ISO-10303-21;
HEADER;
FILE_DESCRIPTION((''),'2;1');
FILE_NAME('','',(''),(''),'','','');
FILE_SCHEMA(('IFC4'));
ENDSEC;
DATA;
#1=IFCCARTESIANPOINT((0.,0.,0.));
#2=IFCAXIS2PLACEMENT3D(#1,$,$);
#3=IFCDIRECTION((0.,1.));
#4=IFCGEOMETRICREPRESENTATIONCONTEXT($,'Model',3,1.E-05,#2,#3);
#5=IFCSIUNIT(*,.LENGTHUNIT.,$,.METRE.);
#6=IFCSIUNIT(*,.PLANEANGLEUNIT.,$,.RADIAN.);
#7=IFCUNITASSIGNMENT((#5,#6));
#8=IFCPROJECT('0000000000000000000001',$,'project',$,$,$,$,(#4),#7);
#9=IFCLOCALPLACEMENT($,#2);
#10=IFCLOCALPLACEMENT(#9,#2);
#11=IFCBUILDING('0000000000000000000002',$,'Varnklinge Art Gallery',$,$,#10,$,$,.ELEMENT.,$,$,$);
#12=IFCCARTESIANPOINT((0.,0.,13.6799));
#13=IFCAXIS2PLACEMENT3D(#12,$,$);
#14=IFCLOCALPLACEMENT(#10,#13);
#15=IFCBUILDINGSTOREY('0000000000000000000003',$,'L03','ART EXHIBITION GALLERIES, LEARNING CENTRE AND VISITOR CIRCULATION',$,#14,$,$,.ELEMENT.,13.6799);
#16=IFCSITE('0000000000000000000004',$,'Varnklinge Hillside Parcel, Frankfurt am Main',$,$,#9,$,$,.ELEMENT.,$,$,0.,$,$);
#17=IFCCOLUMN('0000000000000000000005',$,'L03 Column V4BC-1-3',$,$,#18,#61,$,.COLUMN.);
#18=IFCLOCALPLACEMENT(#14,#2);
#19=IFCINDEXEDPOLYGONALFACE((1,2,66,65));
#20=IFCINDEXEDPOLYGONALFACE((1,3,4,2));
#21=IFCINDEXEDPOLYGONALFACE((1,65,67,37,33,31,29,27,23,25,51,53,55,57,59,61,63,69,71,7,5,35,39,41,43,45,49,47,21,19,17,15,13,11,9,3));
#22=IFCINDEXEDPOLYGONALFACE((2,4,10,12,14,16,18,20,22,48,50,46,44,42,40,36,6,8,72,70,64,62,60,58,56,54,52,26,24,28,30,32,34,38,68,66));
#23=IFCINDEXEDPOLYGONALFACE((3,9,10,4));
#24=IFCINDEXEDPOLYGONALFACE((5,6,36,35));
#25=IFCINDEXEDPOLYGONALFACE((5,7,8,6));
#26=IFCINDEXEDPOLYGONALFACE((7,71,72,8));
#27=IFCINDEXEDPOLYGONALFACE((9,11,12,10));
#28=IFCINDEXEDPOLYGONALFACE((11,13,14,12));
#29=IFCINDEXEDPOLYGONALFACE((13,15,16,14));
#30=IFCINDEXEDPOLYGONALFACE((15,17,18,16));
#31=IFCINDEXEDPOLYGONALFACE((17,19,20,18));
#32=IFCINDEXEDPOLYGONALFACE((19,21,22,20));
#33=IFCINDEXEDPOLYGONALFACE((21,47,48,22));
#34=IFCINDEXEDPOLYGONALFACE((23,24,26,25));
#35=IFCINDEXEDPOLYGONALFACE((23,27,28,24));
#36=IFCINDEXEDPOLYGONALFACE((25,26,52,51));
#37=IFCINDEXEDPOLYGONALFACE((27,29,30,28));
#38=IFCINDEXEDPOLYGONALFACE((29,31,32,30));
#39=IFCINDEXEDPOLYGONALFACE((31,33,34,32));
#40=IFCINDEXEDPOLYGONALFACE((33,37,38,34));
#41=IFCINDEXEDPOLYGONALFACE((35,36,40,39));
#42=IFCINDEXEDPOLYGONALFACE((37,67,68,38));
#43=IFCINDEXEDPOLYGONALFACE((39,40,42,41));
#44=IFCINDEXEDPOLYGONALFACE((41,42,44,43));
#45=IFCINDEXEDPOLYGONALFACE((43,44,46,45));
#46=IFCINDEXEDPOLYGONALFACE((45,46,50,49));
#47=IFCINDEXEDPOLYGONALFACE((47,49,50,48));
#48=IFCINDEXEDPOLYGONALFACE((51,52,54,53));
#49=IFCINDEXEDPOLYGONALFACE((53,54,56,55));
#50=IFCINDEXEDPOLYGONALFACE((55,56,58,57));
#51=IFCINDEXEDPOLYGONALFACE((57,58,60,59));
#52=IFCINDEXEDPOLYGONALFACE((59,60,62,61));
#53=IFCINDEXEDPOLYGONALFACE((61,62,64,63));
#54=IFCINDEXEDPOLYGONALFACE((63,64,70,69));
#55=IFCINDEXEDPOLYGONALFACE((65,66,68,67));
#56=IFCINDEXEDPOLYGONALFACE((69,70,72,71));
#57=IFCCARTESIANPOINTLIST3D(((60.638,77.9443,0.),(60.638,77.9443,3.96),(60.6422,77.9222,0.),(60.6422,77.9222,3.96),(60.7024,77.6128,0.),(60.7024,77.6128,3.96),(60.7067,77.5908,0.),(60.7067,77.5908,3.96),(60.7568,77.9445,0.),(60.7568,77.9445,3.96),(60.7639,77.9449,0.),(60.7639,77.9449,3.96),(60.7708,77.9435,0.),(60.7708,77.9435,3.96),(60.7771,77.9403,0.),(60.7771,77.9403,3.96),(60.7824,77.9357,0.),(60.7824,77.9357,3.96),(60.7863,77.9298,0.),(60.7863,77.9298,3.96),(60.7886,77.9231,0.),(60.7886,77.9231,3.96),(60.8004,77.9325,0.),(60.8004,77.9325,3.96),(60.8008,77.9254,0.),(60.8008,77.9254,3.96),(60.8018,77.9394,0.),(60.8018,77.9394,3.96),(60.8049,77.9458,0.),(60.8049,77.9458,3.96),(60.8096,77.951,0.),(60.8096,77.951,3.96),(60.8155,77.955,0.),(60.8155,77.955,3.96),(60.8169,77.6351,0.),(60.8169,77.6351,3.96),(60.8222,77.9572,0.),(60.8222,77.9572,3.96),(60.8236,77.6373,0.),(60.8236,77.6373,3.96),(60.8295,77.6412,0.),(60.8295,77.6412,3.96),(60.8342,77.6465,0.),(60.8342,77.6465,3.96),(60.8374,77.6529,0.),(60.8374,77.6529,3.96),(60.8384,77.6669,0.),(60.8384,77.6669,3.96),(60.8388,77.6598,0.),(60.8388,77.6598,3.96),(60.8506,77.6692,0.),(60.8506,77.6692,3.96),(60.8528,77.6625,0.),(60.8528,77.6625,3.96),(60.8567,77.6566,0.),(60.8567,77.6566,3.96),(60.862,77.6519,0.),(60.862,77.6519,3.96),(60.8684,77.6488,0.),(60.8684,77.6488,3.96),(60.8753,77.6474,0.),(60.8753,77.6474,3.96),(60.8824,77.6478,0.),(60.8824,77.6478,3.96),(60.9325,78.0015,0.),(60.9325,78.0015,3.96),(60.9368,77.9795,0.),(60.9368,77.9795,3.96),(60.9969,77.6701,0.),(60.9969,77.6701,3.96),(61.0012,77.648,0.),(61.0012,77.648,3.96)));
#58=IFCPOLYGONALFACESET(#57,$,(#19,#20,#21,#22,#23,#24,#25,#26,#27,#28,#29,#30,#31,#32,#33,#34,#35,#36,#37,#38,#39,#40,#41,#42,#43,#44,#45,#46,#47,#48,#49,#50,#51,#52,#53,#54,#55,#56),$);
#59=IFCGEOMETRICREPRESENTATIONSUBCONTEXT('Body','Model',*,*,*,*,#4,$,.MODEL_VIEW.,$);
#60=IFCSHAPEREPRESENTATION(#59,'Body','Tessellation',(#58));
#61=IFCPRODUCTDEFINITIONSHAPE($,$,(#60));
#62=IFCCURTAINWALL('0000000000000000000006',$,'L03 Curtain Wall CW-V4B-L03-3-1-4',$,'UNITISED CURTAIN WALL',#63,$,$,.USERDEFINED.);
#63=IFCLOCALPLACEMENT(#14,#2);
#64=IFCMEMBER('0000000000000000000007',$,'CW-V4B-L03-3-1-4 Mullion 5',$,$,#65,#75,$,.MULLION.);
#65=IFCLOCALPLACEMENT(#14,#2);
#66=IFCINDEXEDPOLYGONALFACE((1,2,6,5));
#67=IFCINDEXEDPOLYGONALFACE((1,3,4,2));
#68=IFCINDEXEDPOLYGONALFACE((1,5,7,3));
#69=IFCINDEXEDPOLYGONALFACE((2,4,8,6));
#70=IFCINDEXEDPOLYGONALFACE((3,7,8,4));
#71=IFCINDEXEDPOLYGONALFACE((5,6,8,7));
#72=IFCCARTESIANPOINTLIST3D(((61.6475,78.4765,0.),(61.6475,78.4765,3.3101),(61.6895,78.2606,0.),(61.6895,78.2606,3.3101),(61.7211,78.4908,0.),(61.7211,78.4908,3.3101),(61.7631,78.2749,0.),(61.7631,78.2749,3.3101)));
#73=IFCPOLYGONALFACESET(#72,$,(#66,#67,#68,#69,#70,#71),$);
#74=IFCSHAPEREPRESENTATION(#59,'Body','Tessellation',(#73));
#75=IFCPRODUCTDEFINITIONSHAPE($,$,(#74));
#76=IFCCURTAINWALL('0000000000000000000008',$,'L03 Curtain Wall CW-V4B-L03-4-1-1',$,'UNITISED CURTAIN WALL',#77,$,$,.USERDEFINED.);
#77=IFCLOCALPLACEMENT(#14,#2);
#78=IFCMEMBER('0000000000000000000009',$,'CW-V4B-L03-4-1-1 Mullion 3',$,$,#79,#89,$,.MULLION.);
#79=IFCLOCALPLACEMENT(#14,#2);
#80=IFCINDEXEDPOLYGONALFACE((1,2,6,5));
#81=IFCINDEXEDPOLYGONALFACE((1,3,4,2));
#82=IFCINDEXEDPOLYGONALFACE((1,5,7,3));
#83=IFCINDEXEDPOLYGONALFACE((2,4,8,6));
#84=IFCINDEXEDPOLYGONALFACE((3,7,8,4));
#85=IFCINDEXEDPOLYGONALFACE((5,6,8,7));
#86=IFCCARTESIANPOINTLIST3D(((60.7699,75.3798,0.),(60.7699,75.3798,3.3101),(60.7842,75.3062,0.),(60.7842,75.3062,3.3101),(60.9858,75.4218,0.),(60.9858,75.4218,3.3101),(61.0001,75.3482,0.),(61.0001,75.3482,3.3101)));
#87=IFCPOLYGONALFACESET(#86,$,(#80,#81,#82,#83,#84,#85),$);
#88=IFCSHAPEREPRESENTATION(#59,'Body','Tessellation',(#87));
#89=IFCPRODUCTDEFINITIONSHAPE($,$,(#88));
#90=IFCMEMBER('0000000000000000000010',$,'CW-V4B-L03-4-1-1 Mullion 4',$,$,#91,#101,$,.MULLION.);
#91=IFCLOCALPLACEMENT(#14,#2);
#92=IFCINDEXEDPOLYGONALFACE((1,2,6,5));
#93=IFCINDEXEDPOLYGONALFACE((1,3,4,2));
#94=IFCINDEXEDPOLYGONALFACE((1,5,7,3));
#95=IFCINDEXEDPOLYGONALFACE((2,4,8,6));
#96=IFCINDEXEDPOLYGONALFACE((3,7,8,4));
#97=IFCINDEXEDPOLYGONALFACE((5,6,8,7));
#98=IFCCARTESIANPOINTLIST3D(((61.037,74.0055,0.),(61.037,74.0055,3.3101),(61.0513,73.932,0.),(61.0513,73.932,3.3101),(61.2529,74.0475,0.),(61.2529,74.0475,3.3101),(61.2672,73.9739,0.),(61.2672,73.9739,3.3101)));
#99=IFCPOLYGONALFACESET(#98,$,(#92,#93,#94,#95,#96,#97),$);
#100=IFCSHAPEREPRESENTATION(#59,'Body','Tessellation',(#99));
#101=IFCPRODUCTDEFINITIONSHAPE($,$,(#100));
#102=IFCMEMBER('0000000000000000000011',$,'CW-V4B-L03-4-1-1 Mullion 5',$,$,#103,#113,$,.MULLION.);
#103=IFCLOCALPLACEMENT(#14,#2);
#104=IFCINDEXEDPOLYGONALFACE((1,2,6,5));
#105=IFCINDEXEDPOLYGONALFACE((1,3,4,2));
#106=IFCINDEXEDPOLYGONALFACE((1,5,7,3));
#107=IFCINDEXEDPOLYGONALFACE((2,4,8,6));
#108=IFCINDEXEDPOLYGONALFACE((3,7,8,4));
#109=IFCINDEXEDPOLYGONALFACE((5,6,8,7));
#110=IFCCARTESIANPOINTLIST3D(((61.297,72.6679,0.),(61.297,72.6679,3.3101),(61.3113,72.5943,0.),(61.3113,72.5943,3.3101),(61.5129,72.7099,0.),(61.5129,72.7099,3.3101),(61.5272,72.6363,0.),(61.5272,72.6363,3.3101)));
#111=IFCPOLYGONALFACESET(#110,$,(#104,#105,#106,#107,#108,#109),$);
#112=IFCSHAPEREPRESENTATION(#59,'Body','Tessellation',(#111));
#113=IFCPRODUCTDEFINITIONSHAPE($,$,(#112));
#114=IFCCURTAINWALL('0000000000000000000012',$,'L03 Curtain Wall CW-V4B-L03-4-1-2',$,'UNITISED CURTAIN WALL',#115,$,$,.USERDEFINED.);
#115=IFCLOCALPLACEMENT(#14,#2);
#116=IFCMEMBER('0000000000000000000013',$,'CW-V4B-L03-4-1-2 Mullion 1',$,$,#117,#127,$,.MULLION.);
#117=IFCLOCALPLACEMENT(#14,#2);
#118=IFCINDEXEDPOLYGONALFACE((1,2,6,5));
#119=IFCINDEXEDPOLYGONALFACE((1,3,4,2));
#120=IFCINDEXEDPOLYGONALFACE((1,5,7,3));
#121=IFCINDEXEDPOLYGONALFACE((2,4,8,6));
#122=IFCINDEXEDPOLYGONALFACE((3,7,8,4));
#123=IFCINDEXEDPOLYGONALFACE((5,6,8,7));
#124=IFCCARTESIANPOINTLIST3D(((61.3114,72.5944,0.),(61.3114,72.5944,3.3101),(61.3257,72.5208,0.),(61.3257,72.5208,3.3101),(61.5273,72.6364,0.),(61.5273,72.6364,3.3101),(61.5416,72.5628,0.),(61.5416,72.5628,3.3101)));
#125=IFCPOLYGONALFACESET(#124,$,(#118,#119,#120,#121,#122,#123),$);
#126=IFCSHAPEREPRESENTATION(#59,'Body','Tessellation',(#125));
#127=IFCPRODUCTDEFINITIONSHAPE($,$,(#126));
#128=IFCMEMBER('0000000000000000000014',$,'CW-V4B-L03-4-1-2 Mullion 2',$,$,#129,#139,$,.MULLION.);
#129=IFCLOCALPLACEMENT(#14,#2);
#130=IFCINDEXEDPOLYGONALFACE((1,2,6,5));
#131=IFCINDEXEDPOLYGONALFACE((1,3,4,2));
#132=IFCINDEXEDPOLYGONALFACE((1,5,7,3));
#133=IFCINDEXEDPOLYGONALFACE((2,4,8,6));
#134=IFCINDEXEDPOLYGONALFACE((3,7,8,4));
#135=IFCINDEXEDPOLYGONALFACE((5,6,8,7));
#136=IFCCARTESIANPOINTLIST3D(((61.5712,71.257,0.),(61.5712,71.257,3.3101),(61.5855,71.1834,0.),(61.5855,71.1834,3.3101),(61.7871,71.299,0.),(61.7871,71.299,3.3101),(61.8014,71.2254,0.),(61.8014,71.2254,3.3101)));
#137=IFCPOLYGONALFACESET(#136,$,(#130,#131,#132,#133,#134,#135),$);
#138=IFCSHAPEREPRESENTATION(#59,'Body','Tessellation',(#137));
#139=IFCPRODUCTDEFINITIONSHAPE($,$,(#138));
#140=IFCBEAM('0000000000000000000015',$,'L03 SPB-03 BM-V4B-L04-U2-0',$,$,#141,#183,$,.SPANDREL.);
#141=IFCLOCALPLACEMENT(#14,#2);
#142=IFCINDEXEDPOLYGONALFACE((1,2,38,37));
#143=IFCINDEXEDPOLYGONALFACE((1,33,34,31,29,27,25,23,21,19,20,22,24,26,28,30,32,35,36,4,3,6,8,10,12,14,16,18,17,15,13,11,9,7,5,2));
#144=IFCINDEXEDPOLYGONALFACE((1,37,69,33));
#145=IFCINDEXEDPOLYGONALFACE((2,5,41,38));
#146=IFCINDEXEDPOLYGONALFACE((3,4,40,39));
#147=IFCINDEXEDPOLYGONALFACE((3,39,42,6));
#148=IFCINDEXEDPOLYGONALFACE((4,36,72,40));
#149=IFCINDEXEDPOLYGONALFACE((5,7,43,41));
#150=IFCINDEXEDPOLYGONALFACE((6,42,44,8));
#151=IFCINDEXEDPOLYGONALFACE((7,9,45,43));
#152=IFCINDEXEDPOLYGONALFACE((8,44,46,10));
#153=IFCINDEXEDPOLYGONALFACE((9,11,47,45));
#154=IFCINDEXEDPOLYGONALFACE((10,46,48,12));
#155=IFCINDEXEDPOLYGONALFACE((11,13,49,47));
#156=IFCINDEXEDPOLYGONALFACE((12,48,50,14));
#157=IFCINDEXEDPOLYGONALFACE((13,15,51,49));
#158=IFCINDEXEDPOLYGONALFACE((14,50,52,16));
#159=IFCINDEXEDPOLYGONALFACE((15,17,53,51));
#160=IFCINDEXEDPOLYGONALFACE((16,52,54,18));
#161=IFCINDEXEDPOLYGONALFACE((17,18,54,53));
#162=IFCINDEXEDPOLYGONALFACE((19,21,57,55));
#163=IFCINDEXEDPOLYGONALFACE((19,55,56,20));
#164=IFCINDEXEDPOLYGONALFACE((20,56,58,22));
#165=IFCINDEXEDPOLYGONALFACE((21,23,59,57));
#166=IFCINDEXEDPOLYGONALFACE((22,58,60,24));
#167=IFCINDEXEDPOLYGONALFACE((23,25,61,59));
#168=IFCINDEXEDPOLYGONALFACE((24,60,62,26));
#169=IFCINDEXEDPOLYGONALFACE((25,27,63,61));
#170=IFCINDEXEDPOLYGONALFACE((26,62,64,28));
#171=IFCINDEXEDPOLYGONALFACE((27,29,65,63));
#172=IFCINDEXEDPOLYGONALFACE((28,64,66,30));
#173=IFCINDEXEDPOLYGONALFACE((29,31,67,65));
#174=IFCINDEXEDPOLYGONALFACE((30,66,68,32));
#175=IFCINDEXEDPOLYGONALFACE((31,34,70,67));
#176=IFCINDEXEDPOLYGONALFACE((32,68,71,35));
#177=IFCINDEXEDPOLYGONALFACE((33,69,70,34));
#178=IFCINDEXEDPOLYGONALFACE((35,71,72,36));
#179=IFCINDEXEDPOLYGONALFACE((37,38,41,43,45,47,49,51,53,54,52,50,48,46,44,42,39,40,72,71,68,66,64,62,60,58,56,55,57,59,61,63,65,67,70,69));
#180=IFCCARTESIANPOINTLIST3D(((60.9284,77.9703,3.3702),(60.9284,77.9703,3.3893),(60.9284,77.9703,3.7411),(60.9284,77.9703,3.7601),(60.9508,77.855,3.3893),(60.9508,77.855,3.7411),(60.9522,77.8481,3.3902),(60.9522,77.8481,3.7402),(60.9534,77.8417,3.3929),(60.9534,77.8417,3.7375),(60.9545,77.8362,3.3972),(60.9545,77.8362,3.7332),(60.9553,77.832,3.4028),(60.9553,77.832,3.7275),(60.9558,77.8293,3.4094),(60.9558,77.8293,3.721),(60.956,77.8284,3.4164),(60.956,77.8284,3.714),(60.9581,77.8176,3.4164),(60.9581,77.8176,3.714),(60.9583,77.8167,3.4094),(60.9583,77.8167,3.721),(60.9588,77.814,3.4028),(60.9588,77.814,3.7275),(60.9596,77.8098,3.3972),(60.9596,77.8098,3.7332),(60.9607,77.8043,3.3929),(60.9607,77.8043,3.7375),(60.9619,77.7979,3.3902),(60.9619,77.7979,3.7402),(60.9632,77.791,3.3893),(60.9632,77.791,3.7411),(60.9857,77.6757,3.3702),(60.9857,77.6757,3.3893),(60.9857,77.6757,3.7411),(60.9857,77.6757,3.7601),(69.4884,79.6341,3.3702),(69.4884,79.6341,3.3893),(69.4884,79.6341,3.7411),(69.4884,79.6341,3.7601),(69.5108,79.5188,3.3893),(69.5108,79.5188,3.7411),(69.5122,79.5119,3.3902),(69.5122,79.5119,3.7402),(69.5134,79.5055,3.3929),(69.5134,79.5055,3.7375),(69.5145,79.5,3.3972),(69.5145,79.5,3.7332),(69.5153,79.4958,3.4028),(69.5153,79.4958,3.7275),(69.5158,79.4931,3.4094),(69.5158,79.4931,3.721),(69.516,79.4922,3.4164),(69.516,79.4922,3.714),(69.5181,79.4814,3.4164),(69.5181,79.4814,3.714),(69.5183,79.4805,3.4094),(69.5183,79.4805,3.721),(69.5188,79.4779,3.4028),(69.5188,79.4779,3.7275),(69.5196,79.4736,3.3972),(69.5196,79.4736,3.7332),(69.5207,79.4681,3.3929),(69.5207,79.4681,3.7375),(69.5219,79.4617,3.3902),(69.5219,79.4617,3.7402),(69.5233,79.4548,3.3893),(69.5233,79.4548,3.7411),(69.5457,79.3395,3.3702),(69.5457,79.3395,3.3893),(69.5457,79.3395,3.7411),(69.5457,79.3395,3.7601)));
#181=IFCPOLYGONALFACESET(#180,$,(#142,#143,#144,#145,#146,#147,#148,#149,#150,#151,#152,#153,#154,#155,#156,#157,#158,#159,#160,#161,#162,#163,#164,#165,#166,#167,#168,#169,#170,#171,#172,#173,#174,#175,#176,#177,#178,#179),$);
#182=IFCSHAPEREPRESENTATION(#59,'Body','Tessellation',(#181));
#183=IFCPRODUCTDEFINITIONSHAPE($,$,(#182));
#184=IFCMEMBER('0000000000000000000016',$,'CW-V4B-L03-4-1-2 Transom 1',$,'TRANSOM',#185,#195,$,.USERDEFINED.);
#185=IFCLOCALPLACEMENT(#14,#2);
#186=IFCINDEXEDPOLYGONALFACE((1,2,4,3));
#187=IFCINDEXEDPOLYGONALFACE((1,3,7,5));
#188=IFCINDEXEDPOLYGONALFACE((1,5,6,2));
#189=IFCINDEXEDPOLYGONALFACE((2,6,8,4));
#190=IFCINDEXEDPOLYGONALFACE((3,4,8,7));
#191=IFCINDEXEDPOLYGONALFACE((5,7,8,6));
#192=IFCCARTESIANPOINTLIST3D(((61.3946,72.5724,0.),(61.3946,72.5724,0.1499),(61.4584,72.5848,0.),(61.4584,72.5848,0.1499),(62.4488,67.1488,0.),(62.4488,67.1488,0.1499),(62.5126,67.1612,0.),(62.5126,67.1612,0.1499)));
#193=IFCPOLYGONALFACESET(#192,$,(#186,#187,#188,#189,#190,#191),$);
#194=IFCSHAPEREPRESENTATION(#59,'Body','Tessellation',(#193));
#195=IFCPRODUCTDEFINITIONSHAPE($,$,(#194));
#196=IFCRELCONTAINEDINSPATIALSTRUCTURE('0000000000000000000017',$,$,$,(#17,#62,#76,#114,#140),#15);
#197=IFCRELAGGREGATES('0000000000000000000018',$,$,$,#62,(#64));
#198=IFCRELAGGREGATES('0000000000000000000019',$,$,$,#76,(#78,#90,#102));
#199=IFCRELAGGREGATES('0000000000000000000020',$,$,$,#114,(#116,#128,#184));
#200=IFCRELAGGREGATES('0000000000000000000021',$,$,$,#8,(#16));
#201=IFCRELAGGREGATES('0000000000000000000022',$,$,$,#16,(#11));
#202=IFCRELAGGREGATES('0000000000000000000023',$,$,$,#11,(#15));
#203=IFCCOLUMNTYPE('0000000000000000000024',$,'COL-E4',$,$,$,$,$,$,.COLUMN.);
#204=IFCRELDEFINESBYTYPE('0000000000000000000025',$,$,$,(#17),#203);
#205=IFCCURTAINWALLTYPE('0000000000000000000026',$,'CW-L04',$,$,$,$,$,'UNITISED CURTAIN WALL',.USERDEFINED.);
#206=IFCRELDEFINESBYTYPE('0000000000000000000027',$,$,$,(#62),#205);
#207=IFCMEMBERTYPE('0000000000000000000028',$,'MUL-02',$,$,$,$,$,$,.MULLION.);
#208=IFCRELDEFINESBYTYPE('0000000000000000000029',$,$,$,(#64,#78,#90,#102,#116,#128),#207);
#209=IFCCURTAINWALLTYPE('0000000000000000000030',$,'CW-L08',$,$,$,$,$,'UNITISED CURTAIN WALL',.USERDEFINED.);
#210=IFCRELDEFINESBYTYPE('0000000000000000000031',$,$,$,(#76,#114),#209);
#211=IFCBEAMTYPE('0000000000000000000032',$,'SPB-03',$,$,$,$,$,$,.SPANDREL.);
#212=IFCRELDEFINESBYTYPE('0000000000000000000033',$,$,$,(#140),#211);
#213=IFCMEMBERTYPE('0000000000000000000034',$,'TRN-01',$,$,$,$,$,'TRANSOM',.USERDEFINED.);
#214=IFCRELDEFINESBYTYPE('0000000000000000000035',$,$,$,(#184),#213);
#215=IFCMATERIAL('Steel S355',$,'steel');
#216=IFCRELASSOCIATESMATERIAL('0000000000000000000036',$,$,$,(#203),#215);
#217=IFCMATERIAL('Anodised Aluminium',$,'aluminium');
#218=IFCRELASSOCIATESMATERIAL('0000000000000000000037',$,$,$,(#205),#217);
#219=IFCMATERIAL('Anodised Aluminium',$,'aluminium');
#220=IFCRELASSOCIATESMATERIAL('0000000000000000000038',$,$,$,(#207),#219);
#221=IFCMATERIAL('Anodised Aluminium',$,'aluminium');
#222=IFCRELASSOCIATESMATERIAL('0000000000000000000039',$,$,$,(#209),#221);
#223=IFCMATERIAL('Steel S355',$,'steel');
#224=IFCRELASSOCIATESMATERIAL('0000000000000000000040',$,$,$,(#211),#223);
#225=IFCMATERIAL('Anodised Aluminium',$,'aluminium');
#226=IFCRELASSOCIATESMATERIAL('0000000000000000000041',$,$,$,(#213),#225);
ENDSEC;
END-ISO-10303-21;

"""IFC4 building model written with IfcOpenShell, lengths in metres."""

from ifc_helpers import new_model, si_unit, direction, frame, origin, origin_2d, place, context, subcontext, project, spatial, rectangle, i_section, extrude, material, material_profile, profile_set, type_object, element, aggregate, save


model = new_model("IFC4")

# Units and contexts
model_context = context("Model", 3, precision=1e-05, world=origin(), true_north=direction((0.0, 1.0)))
body_context = subcontext(model_context, "Body", "Model", "MODEL_VIEW")
ifc_project = project(units=[si_unit("LENGTHUNIT", "METRE"), si_unit("PLANEANGLEUNIT", "RADIAN")], contexts=[model_context])

# Site, building, storey
site_placement = place(None, origin())
site = spatial("IfcSite", under=ifc_project, at=site_placement, Name="Varnklinge Hillside Parcel, Frankfurt am Main", CompositionType="ELEMENT", RefElevation=0.0)
building_placement = place(site_placement, origin())
building = spatial("IfcBuilding", under=site, at=building_placement, Name="Varnklinge Art Gallery", CompositionType="ELEMENT")
storey_placement = place(building_placement, frame((0.0, 0.0, 13.6799)))
storey = spatial("IfcBuildingStorey", under=building, at=storey_placement, Name="L03", Description="ART EXHIBITION GALLERIES, LEARNING CENTRE AND VISITOR CIRCULATION", CompositionType="ELEMENT", Elevation=13.6799)

# Column
ifc_material_1 = material(Name="Steel S355", Category="steel")
ifc_material_profile_1 = material_profile(ifc_material_1, i_section(OverallWidth=0.3, OverallDepth=0.3601, WebThickness=0.0125, FlangeThickness=0.0225, FilletRadius=0.0271, at=origin_2d()), Name="HEB 360")
ifc_profile_set_1 = profile_set([ifc_material_profile_1], Name="Steel S355")
column_type = type_object("IfcColumnType", Name="COL-E4", PredefinedType="COLUMN", material=ifc_profile_set_1)
column_placement = place(storey_placement, frame((60.8196, 77.7961, 0.0), z_axis=(0.0, 0.0, 1.0), x_axis=(0.981627, 0.190809, 0.0)))
element("IfcColumn", 1, at=column_placement, inside=storey, type_object=column_type, Name="L03 Column V4BC-1-3", PredefinedType="COLUMN", context=body_context, shape_type="SweptSolid", body=[
    extrude(i_section(OverallWidth=0.3, OverallDepth=0.3601, WebThickness=0.0125, FlangeThickness=0.0225, FilletRadius=0.0271, at=origin_2d()), origin(), (0.0, 0.0, 1.0), 3.96),
])

# Curtain wall, member
ifc_material_2 = material(Name="Anodised Aluminium", Category="aluminium")
curtain_wall_type_1 = type_object("IfcCurtainWallType", Name="CW-L04", ElementType="UNITISED CURTAIN WALL", PredefinedType="USERDEFINED", material=ifc_material_2)
curtain_wall_1_placement = place(storey_placement, origin())
curtain_wall_1 = element("IfcCurtainWall", 2, at=curtain_wall_1_placement, inside=storey, type_object=curtain_wall_type_1, Name="L03 Curtain Wall CW-V4B-L03-3-1-4", ObjectType="UNITISED CURTAIN WALL", PredefinedType="USERDEFINED")
ifc_material_3 = material(Name="Anodised Aluminium", Category="aluminium")
ifc_material_profile_2 = material_profile(ifc_material_3, rectangle(XDim=0.075, YDim=0.22, at=origin_2d()), Name="ALU 75x220")
ifc_profile_set_2 = profile_set([ifc_material_profile_2], Name="Anodised Aluminium")
member_type_1 = type_object("IfcMemberType", Name="MUL-02", PredefinedType="MULLION", material=ifc_profile_set_2)
member_1_placement = place(storey_placement, frame((61.7053, 78.3757, 0.0), z_axis=(0.0, 0.0, 1.0), x_axis=(-0.981627, -0.190809, 0.0)))
member_1 = element("IfcMember", 3, at=member_1_placement, type_object=member_type_1, Name="CW-V4B-L03-3-1-4 Mullion 5", PredefinedType="MULLION", context=body_context, shape_type="SweptSolid", body=[
    extrude(rectangle(XDim=0.075, YDim=0.22, at=origin_2d()), origin(), (0.0, 0.0, 1.0), 3.3101),
])

# Curtain walls, members
ifc_material_4 = material(Name="Anodised Aluminium", Category="aluminium")
curtain_wall_type_2 = type_object("IfcCurtainWallType", Name="CW-L08", ElementType="UNITISED CURTAIN WALL", PredefinedType="USERDEFINED", material=ifc_material_4)
curtain_wall_2_placement = place(storey_placement, origin())
curtain_wall_2 = element("IfcCurtainWall", 4, at=curtain_wall_2_placement, inside=storey, type_object=curtain_wall_type_2, Name="L03 Curtain Wall CW-V4B-L03-4-1-1", ObjectType="UNITISED CURTAIN WALL", PredefinedType="USERDEFINED")
member_2_placement = place(storey_placement, frame((60.885, 75.364, 0.0), z_axis=(0.0, 0.0, 1.0), x_axis=(0.190809, -0.981627, 0.0)))
member_2 = element("IfcMember", 5, at=member_2_placement, type_object=member_type_1, Name="CW-V4B-L03-4-1-1 Mullion 3", PredefinedType="MULLION", context=body_context, shape_type="SweptSolid", body=[
    extrude(rectangle(XDim=0.075, YDim=0.22, at=origin_2d()), origin(), (0.0, 0.0, 1.0), 3.3101),
])
member_3_placement = place(storey_placement, frame((61.1521, 73.9897, 0.0), z_axis=(0.0, 0.0, 1.0), x_axis=(0.190809, -0.981627, 0.0)))
member_3 = element("IfcMember", 6, at=member_3_placement, type_object=member_type_1, Name="CW-V4B-L03-4-1-1 Mullion 4", PredefinedType="MULLION", context=body_context, shape_type="SweptSolid", body=[
    extrude(rectangle(XDim=0.075, YDim=0.22, at=origin_2d()), origin(), (0.0, 0.0, 1.0), 3.3101),
])
member_4_placement = place(storey_placement, frame((61.4121, 72.6521, 0.0), z_axis=(0.0, 0.0, 1.0), x_axis=(0.190809, -0.981627, 0.0)))
member_4 = element("IfcMember", 7, at=member_4_placement, type_object=member_type_1, Name="CW-V4B-L03-4-1-1 Mullion 5", PredefinedType="MULLION", context=body_context, shape_type="SweptSolid", body=[
    extrude(rectangle(XDim=0.075, YDim=0.22, at=origin_2d()), origin(), (0.0, 0.0, 1.0), 3.3101),
])
curtain_wall_3_placement = place(storey_placement, origin())
curtain_wall_3 = element("IfcCurtainWall", 8, at=curtain_wall_3_placement, inside=storey, type_object=curtain_wall_type_2, Name="L03 Curtain Wall CW-V4B-L03-4-1-2", ObjectType="UNITISED CURTAIN WALL", PredefinedType="USERDEFINED")
member_5_placement = place(storey_placement, frame((61.4265, 72.5786, 0.0), z_axis=(0.0, 0.0, 1.0), x_axis=(0.190809, -0.981627, 0.0)))
member_5 = element("IfcMember", 9, at=member_5_placement, type_object=member_type_1, Name="CW-V4B-L03-4-1-2 Mullion 1", PredefinedType="MULLION", context=body_context, shape_type="SweptSolid", body=[
    extrude(rectangle(XDim=0.075, YDim=0.22, at=origin_2d()), origin(), (0.0, 0.0, 1.0), 3.3101),
])
member_6_placement = place(storey_placement, frame((61.6863, 71.2412, 0.0), z_axis=(0.0, 0.0, 1.0), x_axis=(0.190809, -0.981627, 0.0)))
member_6 = element("IfcMember", 10, at=member_6_placement, type_object=member_type_1, Name="CW-V4B-L03-4-1-2 Mullion 2", PredefinedType="MULLION", context=body_context, shape_type="SweptSolid", body=[
    extrude(rectangle(XDim=0.075, YDim=0.22, at=origin_2d()), origin(), (0.0, 0.0, 1.0), 3.3101),
])

# Beam
ifc_material_5 = material(Name="Steel S355", Category="steel")
ifc_material_profile_3 = material_profile(ifc_material_5, i_section(OverallWidth=0.3, OverallDepth=0.3899, WebThickness=0.011, FlangeThickness=0.019, FilletRadius=0.0271, at=origin_2d()), Name="HEA 400")
ifc_profile_set_3 = profile_set([ifc_material_profile_3], Name="Steel S355")
beam_type = type_object("IfcBeamType", Name="SPB-03", PredefinedType="SPANDREL", material=ifc_profile_set_3)
beam_placement = place(storey_placement, frame((60.957, 77.823, 3.5652), z_axis=(0.981629, 0.190799, 0.0), x_axis=(-0.190799, 0.981629, 0.0)))
element("IfcBeam", 11, at=beam_placement, inside=storey, type_object=beam_type, Name="L03 SPB-03 BM-V4B-L04-U2-0", PredefinedType="SPANDREL", context=body_context, shape_type="SweptSolid", body=[
    extrude(i_section(OverallWidth=0.3, OverallDepth=0.3899, WebThickness=0.011, FlangeThickness=0.019, FilletRadius=0.0271, at=origin_2d()), origin(), (0.0, 0.0, 1.0), 8.7202),
])

# Member
ifc_material_6 = material(Name="Anodised Aluminium", Category="aluminium")
ifc_material_profile_4 = material_profile(ifc_material_6, rectangle(XDim=0.0649, YDim=0.1499, at=origin_2d()), Name="ALU 65x150")
ifc_profile_set_4 = profile_set([ifc_material_profile_4], Name="Anodised Aluminium")
member_type_2 = type_object("IfcMemberType", Name="TRN-01", ElementType="TRANSOM", PredefinedType="USERDEFINED", material=ifc_profile_set_4)
member_7_placement = place(storey_placement, frame((61.4265, 72.5786, 0.075), z_axis=(0.190802, -0.981628, 0.0), x_axis=(0.981628, 0.190802, 0.0)))
member_7 = element("IfcMember", 12, at=member_7_placement, type_object=member_type_2, Name="CW-V4B-L03-4-1-2 Transom 1", ObjectType="TRANSOM", PredefinedType="USERDEFINED", context=body_context, shape_type="SweptSolid", body=[
    extrude(rectangle(XDim=0.0649, YDim=0.1499, at=origin_2d()), origin(), (0.0, 0.0, 1.0), 5.5251),
])

aggregate(curtain_wall_1, [member_1])
aggregate(curtain_wall_2, [member_2, member_3, member_4])
aggregate(curtain_wall_3, [member_5, member_6, member_7])

save(model, "model.ifc")
